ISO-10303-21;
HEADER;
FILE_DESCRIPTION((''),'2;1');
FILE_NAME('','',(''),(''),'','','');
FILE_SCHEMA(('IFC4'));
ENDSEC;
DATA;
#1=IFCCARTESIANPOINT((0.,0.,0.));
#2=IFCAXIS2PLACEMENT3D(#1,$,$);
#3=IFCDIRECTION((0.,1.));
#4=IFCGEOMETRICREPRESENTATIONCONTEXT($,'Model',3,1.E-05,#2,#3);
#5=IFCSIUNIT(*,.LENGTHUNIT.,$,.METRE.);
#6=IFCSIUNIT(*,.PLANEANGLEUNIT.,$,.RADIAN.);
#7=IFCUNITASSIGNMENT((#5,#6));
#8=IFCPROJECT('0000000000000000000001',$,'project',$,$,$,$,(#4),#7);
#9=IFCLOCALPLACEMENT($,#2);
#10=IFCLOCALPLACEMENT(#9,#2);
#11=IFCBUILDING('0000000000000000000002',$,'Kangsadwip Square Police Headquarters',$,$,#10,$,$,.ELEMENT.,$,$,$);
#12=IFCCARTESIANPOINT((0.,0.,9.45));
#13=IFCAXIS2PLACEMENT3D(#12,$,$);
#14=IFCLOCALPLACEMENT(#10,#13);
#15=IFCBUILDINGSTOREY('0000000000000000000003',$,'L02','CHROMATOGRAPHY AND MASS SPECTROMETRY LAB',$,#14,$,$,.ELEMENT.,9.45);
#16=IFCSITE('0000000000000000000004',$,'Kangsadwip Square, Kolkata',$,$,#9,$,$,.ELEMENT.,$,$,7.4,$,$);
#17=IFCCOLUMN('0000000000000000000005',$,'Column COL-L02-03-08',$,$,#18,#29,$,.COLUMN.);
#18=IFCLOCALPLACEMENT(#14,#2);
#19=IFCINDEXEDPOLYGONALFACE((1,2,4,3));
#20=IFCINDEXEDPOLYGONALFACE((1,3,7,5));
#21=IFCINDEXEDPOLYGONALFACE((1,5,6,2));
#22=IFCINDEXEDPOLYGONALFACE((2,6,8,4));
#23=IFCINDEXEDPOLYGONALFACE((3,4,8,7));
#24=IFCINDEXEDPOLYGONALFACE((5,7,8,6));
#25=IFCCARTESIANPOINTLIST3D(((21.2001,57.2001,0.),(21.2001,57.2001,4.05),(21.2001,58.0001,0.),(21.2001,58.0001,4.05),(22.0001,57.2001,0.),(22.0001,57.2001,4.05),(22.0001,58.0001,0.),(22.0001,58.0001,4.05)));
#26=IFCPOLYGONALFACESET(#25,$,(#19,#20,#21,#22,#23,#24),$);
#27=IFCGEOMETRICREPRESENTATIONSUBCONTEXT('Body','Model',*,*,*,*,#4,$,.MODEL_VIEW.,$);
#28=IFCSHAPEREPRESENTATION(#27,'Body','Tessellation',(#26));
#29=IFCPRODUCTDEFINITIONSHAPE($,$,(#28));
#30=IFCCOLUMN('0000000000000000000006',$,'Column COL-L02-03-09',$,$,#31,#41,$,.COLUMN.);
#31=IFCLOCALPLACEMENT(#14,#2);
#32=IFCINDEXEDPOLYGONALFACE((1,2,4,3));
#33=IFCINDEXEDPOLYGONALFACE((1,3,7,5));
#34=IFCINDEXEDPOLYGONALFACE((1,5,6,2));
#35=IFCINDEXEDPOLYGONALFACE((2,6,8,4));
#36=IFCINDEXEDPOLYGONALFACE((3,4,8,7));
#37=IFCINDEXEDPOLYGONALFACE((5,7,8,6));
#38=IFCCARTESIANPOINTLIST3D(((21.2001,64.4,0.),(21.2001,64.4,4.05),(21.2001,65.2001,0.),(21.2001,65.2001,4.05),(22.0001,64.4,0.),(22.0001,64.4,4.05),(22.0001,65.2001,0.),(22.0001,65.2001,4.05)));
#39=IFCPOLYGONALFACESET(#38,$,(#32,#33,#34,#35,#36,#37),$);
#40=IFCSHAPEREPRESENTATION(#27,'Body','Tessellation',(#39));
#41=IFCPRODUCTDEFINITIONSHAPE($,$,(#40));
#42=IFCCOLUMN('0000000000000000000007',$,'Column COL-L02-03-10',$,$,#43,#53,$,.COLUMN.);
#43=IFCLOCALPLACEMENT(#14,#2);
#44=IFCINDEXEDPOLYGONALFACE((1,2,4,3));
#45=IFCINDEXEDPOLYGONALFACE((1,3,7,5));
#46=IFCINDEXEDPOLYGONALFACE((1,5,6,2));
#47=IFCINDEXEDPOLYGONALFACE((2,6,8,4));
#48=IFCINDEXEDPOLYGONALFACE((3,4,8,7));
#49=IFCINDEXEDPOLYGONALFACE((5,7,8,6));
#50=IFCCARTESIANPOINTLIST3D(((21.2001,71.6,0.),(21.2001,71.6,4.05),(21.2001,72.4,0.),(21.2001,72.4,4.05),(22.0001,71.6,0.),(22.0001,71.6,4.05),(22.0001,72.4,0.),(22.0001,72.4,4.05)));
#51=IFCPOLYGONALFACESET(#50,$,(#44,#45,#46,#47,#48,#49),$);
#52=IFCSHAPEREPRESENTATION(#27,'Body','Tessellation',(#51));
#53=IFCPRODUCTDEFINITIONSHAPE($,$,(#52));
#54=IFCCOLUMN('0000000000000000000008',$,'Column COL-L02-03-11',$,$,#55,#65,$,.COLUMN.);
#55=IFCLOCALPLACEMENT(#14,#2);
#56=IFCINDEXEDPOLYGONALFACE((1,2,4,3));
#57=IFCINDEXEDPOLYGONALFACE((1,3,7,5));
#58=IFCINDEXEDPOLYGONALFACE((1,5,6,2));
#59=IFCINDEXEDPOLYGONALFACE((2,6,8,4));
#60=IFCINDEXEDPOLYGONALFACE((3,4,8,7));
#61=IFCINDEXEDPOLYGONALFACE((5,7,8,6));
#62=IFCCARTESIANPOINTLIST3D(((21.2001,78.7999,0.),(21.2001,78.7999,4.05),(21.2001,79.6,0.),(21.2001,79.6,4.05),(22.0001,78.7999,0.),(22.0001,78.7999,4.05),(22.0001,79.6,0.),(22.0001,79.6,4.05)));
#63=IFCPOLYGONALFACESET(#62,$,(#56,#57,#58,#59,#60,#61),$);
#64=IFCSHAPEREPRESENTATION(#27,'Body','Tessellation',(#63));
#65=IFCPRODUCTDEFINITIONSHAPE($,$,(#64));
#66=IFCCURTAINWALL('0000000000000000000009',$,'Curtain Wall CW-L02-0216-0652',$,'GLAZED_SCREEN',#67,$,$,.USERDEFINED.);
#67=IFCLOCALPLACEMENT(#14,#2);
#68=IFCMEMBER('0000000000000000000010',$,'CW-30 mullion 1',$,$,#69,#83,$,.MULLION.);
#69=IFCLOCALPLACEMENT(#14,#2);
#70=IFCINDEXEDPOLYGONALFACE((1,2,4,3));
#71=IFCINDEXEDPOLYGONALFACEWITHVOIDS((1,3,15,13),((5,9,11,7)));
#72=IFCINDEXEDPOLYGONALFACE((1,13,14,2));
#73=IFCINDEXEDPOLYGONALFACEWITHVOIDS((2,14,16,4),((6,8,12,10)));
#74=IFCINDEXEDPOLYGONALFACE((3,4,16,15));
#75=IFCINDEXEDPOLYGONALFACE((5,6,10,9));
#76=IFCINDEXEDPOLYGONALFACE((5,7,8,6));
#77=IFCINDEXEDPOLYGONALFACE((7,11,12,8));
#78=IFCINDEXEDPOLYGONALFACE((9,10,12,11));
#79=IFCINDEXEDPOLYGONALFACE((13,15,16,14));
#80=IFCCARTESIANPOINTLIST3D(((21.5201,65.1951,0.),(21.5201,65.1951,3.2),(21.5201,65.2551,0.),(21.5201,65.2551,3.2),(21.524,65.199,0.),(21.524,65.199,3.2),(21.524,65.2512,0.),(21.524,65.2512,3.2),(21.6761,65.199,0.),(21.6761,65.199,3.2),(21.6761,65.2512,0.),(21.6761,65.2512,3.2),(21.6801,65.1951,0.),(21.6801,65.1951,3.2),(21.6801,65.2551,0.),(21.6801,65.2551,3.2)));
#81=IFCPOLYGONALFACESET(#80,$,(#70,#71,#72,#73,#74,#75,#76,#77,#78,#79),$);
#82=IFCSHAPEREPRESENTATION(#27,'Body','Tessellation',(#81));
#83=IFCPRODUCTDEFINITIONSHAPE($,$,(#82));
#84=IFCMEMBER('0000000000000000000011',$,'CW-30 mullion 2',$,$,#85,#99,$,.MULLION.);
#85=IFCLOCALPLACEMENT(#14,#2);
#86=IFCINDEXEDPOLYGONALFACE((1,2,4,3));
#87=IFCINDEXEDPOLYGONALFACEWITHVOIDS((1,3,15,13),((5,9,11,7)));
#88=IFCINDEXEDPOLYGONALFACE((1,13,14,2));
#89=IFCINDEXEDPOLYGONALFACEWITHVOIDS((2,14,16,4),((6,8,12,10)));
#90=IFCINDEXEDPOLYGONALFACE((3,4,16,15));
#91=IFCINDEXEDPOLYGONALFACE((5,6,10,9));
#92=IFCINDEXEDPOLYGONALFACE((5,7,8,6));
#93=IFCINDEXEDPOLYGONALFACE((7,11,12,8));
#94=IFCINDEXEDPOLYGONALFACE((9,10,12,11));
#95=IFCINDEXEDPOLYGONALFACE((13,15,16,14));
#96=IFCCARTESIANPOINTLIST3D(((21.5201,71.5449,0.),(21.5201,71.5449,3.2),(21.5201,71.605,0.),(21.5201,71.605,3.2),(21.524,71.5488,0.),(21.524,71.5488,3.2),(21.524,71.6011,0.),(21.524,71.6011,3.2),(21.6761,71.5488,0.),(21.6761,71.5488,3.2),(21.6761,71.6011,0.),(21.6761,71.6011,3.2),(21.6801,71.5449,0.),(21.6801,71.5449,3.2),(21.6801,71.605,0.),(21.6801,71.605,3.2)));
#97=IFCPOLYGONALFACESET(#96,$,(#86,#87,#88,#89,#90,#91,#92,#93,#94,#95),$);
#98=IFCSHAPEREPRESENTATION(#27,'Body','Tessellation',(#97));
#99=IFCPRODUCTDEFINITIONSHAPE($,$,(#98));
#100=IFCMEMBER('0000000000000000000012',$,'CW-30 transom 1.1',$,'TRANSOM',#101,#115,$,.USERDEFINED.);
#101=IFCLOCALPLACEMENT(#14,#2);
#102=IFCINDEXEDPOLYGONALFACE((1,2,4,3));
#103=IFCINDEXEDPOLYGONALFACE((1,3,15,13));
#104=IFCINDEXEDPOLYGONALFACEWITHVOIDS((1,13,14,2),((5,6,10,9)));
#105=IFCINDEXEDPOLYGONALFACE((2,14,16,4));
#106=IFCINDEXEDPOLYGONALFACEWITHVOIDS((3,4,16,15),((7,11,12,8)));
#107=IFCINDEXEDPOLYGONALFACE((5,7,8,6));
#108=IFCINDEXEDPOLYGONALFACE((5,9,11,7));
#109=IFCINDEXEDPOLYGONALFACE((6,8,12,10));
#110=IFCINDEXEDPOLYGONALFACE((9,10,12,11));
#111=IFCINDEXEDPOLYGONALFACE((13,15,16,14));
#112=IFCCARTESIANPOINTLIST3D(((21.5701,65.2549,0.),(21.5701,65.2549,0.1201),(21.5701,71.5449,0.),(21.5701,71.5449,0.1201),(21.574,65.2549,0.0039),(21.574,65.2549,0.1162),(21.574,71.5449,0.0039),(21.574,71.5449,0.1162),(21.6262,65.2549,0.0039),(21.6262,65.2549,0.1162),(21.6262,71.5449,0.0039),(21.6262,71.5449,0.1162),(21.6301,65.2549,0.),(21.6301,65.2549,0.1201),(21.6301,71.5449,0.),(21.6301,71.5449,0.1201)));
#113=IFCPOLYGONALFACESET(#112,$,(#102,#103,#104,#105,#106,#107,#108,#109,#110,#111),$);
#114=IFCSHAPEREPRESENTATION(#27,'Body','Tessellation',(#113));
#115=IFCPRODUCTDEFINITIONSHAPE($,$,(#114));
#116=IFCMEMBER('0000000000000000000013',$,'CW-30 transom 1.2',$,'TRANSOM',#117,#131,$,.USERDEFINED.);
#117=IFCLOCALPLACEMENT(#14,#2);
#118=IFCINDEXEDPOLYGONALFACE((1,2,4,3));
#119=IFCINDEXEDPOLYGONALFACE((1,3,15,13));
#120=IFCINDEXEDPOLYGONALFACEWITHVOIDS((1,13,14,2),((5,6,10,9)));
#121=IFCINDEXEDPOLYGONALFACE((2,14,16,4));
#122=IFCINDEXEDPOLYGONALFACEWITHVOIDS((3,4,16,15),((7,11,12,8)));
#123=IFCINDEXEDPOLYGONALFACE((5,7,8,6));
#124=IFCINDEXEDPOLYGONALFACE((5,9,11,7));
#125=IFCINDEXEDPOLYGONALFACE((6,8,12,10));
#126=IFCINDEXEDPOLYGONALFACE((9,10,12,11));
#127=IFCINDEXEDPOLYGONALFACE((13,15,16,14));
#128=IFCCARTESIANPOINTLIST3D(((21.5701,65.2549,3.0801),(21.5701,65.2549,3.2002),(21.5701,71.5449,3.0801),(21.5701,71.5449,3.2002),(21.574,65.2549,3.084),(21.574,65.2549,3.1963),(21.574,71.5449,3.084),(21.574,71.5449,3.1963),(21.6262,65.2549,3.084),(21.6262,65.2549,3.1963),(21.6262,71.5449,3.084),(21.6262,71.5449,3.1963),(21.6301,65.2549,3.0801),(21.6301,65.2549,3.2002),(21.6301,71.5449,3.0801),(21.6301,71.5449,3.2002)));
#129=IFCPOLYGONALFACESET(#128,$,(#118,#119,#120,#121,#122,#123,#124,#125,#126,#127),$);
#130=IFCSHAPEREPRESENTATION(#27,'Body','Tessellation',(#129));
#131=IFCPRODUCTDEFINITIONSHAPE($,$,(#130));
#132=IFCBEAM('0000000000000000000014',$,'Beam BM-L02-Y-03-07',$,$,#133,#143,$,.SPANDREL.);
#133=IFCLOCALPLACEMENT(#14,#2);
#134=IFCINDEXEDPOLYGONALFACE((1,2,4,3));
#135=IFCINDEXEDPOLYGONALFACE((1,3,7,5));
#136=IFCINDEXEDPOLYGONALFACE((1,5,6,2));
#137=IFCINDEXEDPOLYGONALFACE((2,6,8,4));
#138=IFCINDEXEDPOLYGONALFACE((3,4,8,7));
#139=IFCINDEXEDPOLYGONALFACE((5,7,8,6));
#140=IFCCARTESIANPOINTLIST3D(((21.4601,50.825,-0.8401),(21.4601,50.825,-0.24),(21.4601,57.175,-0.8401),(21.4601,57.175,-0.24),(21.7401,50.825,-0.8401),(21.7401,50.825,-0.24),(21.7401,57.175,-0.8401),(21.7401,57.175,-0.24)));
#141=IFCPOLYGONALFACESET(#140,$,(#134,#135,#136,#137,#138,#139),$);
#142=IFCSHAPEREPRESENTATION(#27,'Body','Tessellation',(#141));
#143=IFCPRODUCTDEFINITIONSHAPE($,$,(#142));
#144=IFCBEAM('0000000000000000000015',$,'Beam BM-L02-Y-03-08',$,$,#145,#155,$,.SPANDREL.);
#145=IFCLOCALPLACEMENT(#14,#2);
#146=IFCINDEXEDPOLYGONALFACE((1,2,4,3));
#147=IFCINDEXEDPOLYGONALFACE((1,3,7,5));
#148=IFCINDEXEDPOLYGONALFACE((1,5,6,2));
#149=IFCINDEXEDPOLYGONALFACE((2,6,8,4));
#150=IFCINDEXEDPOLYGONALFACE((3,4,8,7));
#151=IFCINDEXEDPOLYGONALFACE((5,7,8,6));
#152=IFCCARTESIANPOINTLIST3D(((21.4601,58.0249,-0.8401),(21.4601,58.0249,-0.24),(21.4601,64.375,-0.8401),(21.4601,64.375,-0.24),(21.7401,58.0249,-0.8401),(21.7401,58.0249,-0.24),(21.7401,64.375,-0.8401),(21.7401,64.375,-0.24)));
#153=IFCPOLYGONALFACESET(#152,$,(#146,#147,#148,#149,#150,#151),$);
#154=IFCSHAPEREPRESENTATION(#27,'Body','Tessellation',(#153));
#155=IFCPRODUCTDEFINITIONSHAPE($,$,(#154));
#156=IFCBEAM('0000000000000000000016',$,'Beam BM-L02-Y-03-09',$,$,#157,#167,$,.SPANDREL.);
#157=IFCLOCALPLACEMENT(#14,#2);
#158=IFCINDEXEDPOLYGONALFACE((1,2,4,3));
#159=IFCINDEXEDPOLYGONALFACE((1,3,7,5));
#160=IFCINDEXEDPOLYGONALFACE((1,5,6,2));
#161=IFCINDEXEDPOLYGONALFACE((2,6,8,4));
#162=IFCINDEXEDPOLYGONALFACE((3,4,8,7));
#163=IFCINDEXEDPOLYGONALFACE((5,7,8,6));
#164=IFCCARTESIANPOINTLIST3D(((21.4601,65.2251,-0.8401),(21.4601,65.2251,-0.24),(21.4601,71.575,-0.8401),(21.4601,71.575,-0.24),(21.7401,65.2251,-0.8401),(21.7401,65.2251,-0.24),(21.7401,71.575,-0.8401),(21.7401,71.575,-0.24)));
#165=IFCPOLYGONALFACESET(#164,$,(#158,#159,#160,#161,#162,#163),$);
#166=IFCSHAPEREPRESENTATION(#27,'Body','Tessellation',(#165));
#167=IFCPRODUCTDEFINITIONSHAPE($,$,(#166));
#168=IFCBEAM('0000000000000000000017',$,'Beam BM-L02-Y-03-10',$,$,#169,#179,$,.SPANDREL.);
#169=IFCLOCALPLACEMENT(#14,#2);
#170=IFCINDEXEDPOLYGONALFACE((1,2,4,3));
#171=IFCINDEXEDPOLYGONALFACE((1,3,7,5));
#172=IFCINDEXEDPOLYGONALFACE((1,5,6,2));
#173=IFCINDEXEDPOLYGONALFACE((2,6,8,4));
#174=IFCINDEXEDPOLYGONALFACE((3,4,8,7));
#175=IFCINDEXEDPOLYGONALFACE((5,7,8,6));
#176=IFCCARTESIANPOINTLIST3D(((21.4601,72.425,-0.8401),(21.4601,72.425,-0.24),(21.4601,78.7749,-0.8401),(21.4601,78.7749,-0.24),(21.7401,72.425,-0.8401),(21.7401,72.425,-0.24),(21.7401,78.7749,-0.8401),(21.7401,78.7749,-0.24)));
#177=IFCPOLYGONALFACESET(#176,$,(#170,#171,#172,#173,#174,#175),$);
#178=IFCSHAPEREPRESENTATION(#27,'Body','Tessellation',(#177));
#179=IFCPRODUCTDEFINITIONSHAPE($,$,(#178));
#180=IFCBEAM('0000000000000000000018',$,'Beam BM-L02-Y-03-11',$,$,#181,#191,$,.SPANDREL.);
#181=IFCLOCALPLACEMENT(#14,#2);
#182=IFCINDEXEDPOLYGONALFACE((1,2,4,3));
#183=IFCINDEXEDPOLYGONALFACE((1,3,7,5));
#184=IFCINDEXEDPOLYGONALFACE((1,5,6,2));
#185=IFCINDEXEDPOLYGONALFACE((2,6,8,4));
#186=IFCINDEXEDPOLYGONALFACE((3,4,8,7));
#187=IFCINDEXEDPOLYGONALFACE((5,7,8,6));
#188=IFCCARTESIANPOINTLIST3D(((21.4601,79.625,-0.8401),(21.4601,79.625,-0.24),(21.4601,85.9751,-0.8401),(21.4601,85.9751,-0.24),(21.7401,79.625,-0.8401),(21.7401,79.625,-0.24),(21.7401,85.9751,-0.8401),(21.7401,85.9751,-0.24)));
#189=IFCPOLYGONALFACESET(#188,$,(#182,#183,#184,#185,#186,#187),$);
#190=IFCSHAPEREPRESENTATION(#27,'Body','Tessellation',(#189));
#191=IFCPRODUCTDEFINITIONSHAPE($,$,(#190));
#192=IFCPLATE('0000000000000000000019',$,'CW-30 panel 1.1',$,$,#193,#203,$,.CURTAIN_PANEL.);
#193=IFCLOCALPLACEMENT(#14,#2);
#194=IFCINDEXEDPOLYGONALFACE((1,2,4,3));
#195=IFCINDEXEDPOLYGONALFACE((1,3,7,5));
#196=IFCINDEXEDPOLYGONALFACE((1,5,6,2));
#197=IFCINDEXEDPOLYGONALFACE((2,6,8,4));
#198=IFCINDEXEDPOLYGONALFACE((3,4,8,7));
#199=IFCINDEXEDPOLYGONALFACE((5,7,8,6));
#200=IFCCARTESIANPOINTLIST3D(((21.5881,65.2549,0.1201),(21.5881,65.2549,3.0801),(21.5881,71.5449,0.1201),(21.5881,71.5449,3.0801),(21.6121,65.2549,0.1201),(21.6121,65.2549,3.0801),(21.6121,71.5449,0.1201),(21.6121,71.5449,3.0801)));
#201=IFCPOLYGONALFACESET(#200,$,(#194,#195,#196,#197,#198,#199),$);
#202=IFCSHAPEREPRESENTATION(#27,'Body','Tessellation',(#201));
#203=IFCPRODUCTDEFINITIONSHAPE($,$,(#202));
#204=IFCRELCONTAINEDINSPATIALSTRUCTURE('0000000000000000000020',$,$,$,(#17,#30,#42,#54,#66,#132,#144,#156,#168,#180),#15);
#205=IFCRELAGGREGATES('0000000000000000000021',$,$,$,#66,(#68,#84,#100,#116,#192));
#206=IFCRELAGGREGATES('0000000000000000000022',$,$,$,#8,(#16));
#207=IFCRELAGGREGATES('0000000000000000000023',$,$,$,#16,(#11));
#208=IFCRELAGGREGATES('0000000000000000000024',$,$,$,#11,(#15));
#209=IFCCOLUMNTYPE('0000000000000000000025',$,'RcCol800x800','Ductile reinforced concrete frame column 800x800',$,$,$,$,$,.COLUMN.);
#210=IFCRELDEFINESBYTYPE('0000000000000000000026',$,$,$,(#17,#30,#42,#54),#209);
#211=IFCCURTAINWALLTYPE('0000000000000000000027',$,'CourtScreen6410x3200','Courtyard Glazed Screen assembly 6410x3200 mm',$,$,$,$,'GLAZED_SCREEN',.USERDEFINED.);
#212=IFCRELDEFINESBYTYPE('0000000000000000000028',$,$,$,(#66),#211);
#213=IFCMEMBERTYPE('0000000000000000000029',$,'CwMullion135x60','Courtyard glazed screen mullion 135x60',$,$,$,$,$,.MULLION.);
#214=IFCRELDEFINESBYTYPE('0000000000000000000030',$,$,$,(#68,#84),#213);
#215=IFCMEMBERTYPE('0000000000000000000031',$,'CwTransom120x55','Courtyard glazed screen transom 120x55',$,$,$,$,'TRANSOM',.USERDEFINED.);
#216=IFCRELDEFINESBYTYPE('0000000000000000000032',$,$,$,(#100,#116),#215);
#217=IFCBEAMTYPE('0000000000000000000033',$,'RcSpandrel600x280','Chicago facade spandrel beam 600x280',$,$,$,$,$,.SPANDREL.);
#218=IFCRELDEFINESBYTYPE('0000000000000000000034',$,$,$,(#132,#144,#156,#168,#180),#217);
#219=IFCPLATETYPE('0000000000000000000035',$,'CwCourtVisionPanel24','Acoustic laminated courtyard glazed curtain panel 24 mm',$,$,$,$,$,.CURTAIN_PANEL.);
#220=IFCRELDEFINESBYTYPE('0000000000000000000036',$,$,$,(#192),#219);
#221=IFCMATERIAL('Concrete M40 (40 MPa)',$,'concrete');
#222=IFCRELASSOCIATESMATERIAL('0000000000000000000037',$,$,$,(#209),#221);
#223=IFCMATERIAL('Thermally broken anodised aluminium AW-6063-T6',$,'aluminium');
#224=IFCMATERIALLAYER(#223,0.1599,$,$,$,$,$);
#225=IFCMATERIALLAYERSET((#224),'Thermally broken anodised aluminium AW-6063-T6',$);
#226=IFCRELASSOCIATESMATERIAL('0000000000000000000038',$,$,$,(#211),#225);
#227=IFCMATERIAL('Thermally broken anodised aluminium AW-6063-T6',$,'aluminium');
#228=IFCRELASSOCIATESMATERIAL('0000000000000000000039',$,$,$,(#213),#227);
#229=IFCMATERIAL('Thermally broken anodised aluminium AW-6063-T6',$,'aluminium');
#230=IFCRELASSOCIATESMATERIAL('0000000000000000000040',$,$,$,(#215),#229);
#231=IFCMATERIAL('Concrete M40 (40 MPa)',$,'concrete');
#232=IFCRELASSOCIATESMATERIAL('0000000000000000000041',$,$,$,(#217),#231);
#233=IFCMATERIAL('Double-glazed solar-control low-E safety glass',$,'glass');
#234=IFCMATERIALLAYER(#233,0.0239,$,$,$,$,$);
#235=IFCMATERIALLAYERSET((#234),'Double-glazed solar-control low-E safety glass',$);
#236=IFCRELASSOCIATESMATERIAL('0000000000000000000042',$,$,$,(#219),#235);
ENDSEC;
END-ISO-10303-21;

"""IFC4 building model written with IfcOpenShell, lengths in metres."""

from ifc_helpers import new_model, si_unit, direction, frame, origin, origin_2d, place, context, subcontext, project, spatial, rectangle, hollow_rectangle, extrude, material, layer, layer_set, material_profile, profile_set, type_object, element, aggregate, save


model = new_model("IFC4")

# Units and contexts
model_context = context("Model", 3, precision=1e-05, world=origin(), true_north=direction((0.0, 1.0)))
body_context = subcontext(model_context, "Body", "Model", "MODEL_VIEW")
ifc_project = project(units=[si_unit("LENGTHUNIT", "METRE"), si_unit("PLANEANGLEUNIT", "RADIAN")], contexts=[model_context])

# Site, building, storey
site_placement = place(None, origin())
site = spatial("IfcSite", under=ifc_project, at=site_placement, Name="Kangsadwip Square, Kolkata", CompositionType="ELEMENT", RefElevation=7.4)
building_placement = place(site_placement, origin())
building = spatial("IfcBuilding", under=site, at=building_placement, Name="Kangsadwip Square Police Headquarters", CompositionType="ELEMENT")
storey_placement = place(building_placement, frame((0.0, 0.0, 9.45)))
storey = spatial("IfcBuildingStorey", under=building, at=storey_placement, Name="L02", Description="CHROMATOGRAPHY AND MASS SPECTROMETRY LAB", CompositionType="ELEMENT", Elevation=9.45)

# Columns
ifc_material_1 = material(Name="Concrete M40 (40 MPa)", Category="concrete")
ifc_material_profile_1 = material_profile(ifc_material_1, rectangle(XDim=0.8, YDim=0.8, at=origin_2d()), Name="RC COL 800X800")
ifc_profile_set_1 = profile_set([ifc_material_profile_1], Name="Concrete M40 (40 MPa)")
column_type = type_object("IfcColumnType", Name="RcCol800x800", Description="Ductile reinforced concrete frame column 800x800", PredefinedType="COLUMN", material=ifc_profile_set_1)
for number, where, z_axis, x_axis, name in (
    (1, (21.6001, 57.6001, 0.0), (0.0, 0.0, 1.0), (1.0, 0.0, 0.0), "Column COL-L02-03-08"),
    (2, (21.6001, 64.8, 0.0), (0.0, 0.0, 1.0), (1.0, 0.0, 0.0), "Column COL-L02-03-09"),
    (3, (21.6001, 72.0, 0.0), (0.0, 0.0, 1.0), (1.0, 0.0, 0.0), "Column COL-L02-03-10"),
    (4, (21.6001, 79.2, 0.0), (0.0, 0.0, 1.0), (1.0, 0.0, 0.0), "Column COL-L02-03-11"),
):
    element("IfcColumn", number, at=place(storey_placement, frame(where, z_axis=z_axis, x_axis=x_axis)), inside=storey, type_object=column_type, Name=name, PredefinedType="COLUMN", context=body_context, shape_type="SweptSolid", body=[
        extrude(rectangle(XDim=0.8, YDim=0.8, at=origin_2d()), origin(), (0.0, 0.0, 1.0), 4.05),
    ])

# Curtain wall, members
ifc_material_2 = material(Name="Thermally broken anodised aluminium AW-6063-T6", Category="aluminium")
ifc_layer_1 = layer(ifc_material_2, 0.1599)
ifc_layer_set_1 = layer_set([ifc_layer_1], Name="Thermally broken anodised aluminium AW-6063-T6")
curtain_wall_type = type_object("IfcCurtainWallType", Name="CourtScreen6410x3200", Description="Courtyard Glazed Screen assembly 6410x3200 mm", ElementType="GLAZED_SCREEN", PredefinedType="USERDEFINED", material=ifc_layer_set_1)
curtain_wall_placement = place(storey_placement, origin())
curtain_wall = element("IfcCurtainWall", 5, at=curtain_wall_placement, inside=storey, type_object=curtain_wall_type, Name="Curtain Wall CW-L02-0216-0652", ObjectType="GLAZED_SCREEN", PredefinedType="USERDEFINED")
ifc_material_3 = material(Name="Thermally broken anodised aluminium AW-6063-T6", Category="aluminium")
ifc_material_profile_2 = material_profile(ifc_material_3, hollow_rectangle(XDim=0.0601, YDim=0.1599, WallThickness=0.0039, at=origin_2d()), Name="CWM 160X60X4")
ifc_profile_set_2 = profile_set([ifc_material_profile_2], Name="Thermally broken anodised aluminium AW-6063-T6")
member_type_1 = type_object("IfcMemberType", Name="CwMullion135x60", Description="Courtyard glazed screen mullion 135x60", PredefinedType="MULLION", material=ifc_profile_set_2)
member_1_placement = place(storey_placement, frame((21.6001, 65.2251, 0.0), z_axis=(0.0, 0.0, 1.0), x_axis=(0.0, 1.0, 0.0)))
member_1 = element("IfcMember", 6, at=member_1_placement, type_object=member_type_1, Name="CW-30 mullion 1", PredefinedType="MULLION", context=body_context, shape_type="SweptSolid", body=[
    extrude(hollow_rectangle(XDim=0.0601, YDim=0.1599, WallThickness=0.0039, at=origin_2d()), origin(), (0.0, 0.0, 1.0), 3.2),
])
member_2_placement = place(storey_placement, frame((21.6001, 71.575, 0.0), z_axis=(0.0, 0.0, 1.0), x_axis=(0.0, 1.0, 0.0)))
member_2 = element("IfcMember", 7, at=member_2_placement, type_object=member_type_1, Name="CW-30 mullion 2", PredefinedType="MULLION", context=body_context, shape_type="SweptSolid", body=[
    extrude(hollow_rectangle(XDim=0.0601, YDim=0.1599, WallThickness=0.0039, at=origin_2d()), origin(), (0.0, 0.0, 1.0), 3.2),
])
ifc_material_4 = material(Name="Thermally broken anodised aluminium AW-6063-T6", Category="aluminium")
ifc_material_profile_3 = material_profile(ifc_material_4, hollow_rectangle(XDim=0.0601, YDim=0.1201, WallThickness=0.0039, at=origin_2d()), Name="CWT 120X60X4")
ifc_profile_set_3 = profile_set([ifc_material_profile_3], Name="Thermally broken anodised aluminium AW-6063-T6")
member_type_2 = type_object("IfcMemberType", Name="CwTransom120x55", Description="Courtyard glazed screen transom 120x55", ElementType="TRANSOM", PredefinedType="USERDEFINED", material=ifc_profile_set_3)
member_3_placement = place(storey_placement, frame((21.6001, 65.2549, 0.0601), z_axis=(0.0, 1.0, 0.0), x_axis=(-1.0, 0.0, 0.0)))
member_3 = element("IfcMember", 8, at=member_3_placement, type_object=member_type_2, Name="CW-30 transom 1.1", ObjectType="TRANSOM", PredefinedType="USERDEFINED", context=body_context, shape_type="SweptSolid", body=[
    extrude(hollow_rectangle(XDim=0.0601, YDim=0.1201, WallThickness=0.0039, at=origin_2d()), origin(), (0.0, 0.0, 1.0), 6.29),
])
member_4_placement = place(storey_placement, frame((21.6001, 65.2549, 3.1401), z_axis=(0.0, 1.0, 0.0), x_axis=(-1.0, 0.0, 0.0)))
member_4 = element("IfcMember", 9, at=member_4_placement, type_object=member_type_2, Name="CW-30 transom 1.2", ObjectType="TRANSOM", PredefinedType="USERDEFINED", context=body_context, shape_type="SweptSolid", body=[
    extrude(hollow_rectangle(XDim=0.0601, YDim=0.1201, WallThickness=0.0039, at=origin_2d()), origin(), (0.0, 0.0, 1.0), 6.29),
])

# Beams
ifc_material_5 = material(Name="Concrete M40 (40 MPa)", Category="concrete")
ifc_material_profile_4 = material_profile(ifc_material_5, rectangle(XDim=0.28, YDim=0.6001, at=origin_2d()), Name="RC SPN 600X280")
ifc_profile_set_4 = profile_set([ifc_material_profile_4], Name="Concrete M40 (40 MPa)")
beam_type = type_object("IfcBeamType", Name="RcSpandrel600x280", Description="Chicago facade spandrel beam 600x280", PredefinedType="SPANDREL", material=ifc_profile_set_4)
for number, where, z_axis, x_axis, name in (
    (10, (21.6001, 50.825, -0.54), (0.0, 1.0, 0.0), (-1.0, 0.0, 0.0), "Beam BM-L02-Y-03-07"),
    (11, (21.6001, 58.0249, -0.54), (0.0, 1.0, 0.0), (-1.0, 0.0, 0.0), "Beam BM-L02-Y-03-08"),
):
    element("IfcBeam", number, at=place(storey_placement, frame(where, z_axis=z_axis, x_axis=x_axis)), inside=storey, type_object=beam_type, Name=name, PredefinedType="SPANDREL", context=body_context, shape_type="SweptSolid", body=[
        extrude(rectangle(XDim=0.28, YDim=0.6001, at=origin_2d()), origin(), (0.0, 0.0, 1.0), 6.3501),
    ])
for number, where, z_axis, x_axis, name in (
    (12, (21.6001, 65.2251, -0.54), (0.0, 1.0, 0.0), (-1.0, 0.0, 0.0), "Beam BM-L02-Y-03-09"),
    (13, (21.6001, 72.425, -0.54), (0.0, 1.0, 0.0), (-1.0, 0.0, 0.0), "Beam BM-L02-Y-03-10"),
):
    element("IfcBeam", number, at=place(storey_placement, frame(where, z_axis=z_axis, x_axis=x_axis)), inside=storey, type_object=beam_type, Name=name, PredefinedType="SPANDREL", context=body_context, shape_type="SweptSolid", body=[
        extrude(rectangle(XDim=0.28, YDim=0.6001, at=origin_2d()), origin(), (0.0, 0.0, 1.0), 6.3499),
    ])
beam_placement = place(storey_placement, frame((21.6001, 79.625, -0.54), z_axis=(0.0, 1.0, 0.0), x_axis=(-1.0, 0.0, 0.0)))
element("IfcBeam", 14, at=beam_placement, inside=storey, type_object=beam_type, Name="Beam BM-L02-Y-03-11", PredefinedType="SPANDREL", context=body_context, shape_type="SweptSolid", body=[
    extrude(rectangle(XDim=0.28, YDim=0.6001, at=origin_2d()), origin(), (0.0, 0.0, 1.0), 6.3501),
])

# Plate
ifc_material_6 = material(Name="Double-glazed solar-control low-E safety glass", Category="glass")
ifc_layer_2 = layer(ifc_material_6, 0.0239)
ifc_layer_set_2 = layer_set([ifc_layer_2], Name="Double-glazed solar-control low-E safety glass")
plate_type_1 = type_object("IfcPlateType", Name="CwCourtVisionPanel24", Description="Acoustic laminated courtyard glazed curtain panel 24 mm", PredefinedType="CURTAIN_PANEL", material=ifc_layer_set_2)
plate_placement = place(storey_placement, frame((21.6001, 68.3999, 0.1201), z_axis=(0.0, 0.0, 1.0), x_axis=(0.0, 1.0, 0.0)))
plate = element("IfcPlate", 15, at=plate_placement, type_object=plate_type_1, Name="CW-30 panel 1.1", PredefinedType="CURTAIN_PANEL", context=body_context, shape_type="SweptSolid", body=[
    extrude(rectangle(XDim=6.29, YDim=0.0239, at=origin_2d()), origin(), (0.0, 0.0, 1.0), 2.96),
])
aggregate(curtain_wall, [member_1, member_2, member_3, member_4, plate])

save(model, "model.ifc")
